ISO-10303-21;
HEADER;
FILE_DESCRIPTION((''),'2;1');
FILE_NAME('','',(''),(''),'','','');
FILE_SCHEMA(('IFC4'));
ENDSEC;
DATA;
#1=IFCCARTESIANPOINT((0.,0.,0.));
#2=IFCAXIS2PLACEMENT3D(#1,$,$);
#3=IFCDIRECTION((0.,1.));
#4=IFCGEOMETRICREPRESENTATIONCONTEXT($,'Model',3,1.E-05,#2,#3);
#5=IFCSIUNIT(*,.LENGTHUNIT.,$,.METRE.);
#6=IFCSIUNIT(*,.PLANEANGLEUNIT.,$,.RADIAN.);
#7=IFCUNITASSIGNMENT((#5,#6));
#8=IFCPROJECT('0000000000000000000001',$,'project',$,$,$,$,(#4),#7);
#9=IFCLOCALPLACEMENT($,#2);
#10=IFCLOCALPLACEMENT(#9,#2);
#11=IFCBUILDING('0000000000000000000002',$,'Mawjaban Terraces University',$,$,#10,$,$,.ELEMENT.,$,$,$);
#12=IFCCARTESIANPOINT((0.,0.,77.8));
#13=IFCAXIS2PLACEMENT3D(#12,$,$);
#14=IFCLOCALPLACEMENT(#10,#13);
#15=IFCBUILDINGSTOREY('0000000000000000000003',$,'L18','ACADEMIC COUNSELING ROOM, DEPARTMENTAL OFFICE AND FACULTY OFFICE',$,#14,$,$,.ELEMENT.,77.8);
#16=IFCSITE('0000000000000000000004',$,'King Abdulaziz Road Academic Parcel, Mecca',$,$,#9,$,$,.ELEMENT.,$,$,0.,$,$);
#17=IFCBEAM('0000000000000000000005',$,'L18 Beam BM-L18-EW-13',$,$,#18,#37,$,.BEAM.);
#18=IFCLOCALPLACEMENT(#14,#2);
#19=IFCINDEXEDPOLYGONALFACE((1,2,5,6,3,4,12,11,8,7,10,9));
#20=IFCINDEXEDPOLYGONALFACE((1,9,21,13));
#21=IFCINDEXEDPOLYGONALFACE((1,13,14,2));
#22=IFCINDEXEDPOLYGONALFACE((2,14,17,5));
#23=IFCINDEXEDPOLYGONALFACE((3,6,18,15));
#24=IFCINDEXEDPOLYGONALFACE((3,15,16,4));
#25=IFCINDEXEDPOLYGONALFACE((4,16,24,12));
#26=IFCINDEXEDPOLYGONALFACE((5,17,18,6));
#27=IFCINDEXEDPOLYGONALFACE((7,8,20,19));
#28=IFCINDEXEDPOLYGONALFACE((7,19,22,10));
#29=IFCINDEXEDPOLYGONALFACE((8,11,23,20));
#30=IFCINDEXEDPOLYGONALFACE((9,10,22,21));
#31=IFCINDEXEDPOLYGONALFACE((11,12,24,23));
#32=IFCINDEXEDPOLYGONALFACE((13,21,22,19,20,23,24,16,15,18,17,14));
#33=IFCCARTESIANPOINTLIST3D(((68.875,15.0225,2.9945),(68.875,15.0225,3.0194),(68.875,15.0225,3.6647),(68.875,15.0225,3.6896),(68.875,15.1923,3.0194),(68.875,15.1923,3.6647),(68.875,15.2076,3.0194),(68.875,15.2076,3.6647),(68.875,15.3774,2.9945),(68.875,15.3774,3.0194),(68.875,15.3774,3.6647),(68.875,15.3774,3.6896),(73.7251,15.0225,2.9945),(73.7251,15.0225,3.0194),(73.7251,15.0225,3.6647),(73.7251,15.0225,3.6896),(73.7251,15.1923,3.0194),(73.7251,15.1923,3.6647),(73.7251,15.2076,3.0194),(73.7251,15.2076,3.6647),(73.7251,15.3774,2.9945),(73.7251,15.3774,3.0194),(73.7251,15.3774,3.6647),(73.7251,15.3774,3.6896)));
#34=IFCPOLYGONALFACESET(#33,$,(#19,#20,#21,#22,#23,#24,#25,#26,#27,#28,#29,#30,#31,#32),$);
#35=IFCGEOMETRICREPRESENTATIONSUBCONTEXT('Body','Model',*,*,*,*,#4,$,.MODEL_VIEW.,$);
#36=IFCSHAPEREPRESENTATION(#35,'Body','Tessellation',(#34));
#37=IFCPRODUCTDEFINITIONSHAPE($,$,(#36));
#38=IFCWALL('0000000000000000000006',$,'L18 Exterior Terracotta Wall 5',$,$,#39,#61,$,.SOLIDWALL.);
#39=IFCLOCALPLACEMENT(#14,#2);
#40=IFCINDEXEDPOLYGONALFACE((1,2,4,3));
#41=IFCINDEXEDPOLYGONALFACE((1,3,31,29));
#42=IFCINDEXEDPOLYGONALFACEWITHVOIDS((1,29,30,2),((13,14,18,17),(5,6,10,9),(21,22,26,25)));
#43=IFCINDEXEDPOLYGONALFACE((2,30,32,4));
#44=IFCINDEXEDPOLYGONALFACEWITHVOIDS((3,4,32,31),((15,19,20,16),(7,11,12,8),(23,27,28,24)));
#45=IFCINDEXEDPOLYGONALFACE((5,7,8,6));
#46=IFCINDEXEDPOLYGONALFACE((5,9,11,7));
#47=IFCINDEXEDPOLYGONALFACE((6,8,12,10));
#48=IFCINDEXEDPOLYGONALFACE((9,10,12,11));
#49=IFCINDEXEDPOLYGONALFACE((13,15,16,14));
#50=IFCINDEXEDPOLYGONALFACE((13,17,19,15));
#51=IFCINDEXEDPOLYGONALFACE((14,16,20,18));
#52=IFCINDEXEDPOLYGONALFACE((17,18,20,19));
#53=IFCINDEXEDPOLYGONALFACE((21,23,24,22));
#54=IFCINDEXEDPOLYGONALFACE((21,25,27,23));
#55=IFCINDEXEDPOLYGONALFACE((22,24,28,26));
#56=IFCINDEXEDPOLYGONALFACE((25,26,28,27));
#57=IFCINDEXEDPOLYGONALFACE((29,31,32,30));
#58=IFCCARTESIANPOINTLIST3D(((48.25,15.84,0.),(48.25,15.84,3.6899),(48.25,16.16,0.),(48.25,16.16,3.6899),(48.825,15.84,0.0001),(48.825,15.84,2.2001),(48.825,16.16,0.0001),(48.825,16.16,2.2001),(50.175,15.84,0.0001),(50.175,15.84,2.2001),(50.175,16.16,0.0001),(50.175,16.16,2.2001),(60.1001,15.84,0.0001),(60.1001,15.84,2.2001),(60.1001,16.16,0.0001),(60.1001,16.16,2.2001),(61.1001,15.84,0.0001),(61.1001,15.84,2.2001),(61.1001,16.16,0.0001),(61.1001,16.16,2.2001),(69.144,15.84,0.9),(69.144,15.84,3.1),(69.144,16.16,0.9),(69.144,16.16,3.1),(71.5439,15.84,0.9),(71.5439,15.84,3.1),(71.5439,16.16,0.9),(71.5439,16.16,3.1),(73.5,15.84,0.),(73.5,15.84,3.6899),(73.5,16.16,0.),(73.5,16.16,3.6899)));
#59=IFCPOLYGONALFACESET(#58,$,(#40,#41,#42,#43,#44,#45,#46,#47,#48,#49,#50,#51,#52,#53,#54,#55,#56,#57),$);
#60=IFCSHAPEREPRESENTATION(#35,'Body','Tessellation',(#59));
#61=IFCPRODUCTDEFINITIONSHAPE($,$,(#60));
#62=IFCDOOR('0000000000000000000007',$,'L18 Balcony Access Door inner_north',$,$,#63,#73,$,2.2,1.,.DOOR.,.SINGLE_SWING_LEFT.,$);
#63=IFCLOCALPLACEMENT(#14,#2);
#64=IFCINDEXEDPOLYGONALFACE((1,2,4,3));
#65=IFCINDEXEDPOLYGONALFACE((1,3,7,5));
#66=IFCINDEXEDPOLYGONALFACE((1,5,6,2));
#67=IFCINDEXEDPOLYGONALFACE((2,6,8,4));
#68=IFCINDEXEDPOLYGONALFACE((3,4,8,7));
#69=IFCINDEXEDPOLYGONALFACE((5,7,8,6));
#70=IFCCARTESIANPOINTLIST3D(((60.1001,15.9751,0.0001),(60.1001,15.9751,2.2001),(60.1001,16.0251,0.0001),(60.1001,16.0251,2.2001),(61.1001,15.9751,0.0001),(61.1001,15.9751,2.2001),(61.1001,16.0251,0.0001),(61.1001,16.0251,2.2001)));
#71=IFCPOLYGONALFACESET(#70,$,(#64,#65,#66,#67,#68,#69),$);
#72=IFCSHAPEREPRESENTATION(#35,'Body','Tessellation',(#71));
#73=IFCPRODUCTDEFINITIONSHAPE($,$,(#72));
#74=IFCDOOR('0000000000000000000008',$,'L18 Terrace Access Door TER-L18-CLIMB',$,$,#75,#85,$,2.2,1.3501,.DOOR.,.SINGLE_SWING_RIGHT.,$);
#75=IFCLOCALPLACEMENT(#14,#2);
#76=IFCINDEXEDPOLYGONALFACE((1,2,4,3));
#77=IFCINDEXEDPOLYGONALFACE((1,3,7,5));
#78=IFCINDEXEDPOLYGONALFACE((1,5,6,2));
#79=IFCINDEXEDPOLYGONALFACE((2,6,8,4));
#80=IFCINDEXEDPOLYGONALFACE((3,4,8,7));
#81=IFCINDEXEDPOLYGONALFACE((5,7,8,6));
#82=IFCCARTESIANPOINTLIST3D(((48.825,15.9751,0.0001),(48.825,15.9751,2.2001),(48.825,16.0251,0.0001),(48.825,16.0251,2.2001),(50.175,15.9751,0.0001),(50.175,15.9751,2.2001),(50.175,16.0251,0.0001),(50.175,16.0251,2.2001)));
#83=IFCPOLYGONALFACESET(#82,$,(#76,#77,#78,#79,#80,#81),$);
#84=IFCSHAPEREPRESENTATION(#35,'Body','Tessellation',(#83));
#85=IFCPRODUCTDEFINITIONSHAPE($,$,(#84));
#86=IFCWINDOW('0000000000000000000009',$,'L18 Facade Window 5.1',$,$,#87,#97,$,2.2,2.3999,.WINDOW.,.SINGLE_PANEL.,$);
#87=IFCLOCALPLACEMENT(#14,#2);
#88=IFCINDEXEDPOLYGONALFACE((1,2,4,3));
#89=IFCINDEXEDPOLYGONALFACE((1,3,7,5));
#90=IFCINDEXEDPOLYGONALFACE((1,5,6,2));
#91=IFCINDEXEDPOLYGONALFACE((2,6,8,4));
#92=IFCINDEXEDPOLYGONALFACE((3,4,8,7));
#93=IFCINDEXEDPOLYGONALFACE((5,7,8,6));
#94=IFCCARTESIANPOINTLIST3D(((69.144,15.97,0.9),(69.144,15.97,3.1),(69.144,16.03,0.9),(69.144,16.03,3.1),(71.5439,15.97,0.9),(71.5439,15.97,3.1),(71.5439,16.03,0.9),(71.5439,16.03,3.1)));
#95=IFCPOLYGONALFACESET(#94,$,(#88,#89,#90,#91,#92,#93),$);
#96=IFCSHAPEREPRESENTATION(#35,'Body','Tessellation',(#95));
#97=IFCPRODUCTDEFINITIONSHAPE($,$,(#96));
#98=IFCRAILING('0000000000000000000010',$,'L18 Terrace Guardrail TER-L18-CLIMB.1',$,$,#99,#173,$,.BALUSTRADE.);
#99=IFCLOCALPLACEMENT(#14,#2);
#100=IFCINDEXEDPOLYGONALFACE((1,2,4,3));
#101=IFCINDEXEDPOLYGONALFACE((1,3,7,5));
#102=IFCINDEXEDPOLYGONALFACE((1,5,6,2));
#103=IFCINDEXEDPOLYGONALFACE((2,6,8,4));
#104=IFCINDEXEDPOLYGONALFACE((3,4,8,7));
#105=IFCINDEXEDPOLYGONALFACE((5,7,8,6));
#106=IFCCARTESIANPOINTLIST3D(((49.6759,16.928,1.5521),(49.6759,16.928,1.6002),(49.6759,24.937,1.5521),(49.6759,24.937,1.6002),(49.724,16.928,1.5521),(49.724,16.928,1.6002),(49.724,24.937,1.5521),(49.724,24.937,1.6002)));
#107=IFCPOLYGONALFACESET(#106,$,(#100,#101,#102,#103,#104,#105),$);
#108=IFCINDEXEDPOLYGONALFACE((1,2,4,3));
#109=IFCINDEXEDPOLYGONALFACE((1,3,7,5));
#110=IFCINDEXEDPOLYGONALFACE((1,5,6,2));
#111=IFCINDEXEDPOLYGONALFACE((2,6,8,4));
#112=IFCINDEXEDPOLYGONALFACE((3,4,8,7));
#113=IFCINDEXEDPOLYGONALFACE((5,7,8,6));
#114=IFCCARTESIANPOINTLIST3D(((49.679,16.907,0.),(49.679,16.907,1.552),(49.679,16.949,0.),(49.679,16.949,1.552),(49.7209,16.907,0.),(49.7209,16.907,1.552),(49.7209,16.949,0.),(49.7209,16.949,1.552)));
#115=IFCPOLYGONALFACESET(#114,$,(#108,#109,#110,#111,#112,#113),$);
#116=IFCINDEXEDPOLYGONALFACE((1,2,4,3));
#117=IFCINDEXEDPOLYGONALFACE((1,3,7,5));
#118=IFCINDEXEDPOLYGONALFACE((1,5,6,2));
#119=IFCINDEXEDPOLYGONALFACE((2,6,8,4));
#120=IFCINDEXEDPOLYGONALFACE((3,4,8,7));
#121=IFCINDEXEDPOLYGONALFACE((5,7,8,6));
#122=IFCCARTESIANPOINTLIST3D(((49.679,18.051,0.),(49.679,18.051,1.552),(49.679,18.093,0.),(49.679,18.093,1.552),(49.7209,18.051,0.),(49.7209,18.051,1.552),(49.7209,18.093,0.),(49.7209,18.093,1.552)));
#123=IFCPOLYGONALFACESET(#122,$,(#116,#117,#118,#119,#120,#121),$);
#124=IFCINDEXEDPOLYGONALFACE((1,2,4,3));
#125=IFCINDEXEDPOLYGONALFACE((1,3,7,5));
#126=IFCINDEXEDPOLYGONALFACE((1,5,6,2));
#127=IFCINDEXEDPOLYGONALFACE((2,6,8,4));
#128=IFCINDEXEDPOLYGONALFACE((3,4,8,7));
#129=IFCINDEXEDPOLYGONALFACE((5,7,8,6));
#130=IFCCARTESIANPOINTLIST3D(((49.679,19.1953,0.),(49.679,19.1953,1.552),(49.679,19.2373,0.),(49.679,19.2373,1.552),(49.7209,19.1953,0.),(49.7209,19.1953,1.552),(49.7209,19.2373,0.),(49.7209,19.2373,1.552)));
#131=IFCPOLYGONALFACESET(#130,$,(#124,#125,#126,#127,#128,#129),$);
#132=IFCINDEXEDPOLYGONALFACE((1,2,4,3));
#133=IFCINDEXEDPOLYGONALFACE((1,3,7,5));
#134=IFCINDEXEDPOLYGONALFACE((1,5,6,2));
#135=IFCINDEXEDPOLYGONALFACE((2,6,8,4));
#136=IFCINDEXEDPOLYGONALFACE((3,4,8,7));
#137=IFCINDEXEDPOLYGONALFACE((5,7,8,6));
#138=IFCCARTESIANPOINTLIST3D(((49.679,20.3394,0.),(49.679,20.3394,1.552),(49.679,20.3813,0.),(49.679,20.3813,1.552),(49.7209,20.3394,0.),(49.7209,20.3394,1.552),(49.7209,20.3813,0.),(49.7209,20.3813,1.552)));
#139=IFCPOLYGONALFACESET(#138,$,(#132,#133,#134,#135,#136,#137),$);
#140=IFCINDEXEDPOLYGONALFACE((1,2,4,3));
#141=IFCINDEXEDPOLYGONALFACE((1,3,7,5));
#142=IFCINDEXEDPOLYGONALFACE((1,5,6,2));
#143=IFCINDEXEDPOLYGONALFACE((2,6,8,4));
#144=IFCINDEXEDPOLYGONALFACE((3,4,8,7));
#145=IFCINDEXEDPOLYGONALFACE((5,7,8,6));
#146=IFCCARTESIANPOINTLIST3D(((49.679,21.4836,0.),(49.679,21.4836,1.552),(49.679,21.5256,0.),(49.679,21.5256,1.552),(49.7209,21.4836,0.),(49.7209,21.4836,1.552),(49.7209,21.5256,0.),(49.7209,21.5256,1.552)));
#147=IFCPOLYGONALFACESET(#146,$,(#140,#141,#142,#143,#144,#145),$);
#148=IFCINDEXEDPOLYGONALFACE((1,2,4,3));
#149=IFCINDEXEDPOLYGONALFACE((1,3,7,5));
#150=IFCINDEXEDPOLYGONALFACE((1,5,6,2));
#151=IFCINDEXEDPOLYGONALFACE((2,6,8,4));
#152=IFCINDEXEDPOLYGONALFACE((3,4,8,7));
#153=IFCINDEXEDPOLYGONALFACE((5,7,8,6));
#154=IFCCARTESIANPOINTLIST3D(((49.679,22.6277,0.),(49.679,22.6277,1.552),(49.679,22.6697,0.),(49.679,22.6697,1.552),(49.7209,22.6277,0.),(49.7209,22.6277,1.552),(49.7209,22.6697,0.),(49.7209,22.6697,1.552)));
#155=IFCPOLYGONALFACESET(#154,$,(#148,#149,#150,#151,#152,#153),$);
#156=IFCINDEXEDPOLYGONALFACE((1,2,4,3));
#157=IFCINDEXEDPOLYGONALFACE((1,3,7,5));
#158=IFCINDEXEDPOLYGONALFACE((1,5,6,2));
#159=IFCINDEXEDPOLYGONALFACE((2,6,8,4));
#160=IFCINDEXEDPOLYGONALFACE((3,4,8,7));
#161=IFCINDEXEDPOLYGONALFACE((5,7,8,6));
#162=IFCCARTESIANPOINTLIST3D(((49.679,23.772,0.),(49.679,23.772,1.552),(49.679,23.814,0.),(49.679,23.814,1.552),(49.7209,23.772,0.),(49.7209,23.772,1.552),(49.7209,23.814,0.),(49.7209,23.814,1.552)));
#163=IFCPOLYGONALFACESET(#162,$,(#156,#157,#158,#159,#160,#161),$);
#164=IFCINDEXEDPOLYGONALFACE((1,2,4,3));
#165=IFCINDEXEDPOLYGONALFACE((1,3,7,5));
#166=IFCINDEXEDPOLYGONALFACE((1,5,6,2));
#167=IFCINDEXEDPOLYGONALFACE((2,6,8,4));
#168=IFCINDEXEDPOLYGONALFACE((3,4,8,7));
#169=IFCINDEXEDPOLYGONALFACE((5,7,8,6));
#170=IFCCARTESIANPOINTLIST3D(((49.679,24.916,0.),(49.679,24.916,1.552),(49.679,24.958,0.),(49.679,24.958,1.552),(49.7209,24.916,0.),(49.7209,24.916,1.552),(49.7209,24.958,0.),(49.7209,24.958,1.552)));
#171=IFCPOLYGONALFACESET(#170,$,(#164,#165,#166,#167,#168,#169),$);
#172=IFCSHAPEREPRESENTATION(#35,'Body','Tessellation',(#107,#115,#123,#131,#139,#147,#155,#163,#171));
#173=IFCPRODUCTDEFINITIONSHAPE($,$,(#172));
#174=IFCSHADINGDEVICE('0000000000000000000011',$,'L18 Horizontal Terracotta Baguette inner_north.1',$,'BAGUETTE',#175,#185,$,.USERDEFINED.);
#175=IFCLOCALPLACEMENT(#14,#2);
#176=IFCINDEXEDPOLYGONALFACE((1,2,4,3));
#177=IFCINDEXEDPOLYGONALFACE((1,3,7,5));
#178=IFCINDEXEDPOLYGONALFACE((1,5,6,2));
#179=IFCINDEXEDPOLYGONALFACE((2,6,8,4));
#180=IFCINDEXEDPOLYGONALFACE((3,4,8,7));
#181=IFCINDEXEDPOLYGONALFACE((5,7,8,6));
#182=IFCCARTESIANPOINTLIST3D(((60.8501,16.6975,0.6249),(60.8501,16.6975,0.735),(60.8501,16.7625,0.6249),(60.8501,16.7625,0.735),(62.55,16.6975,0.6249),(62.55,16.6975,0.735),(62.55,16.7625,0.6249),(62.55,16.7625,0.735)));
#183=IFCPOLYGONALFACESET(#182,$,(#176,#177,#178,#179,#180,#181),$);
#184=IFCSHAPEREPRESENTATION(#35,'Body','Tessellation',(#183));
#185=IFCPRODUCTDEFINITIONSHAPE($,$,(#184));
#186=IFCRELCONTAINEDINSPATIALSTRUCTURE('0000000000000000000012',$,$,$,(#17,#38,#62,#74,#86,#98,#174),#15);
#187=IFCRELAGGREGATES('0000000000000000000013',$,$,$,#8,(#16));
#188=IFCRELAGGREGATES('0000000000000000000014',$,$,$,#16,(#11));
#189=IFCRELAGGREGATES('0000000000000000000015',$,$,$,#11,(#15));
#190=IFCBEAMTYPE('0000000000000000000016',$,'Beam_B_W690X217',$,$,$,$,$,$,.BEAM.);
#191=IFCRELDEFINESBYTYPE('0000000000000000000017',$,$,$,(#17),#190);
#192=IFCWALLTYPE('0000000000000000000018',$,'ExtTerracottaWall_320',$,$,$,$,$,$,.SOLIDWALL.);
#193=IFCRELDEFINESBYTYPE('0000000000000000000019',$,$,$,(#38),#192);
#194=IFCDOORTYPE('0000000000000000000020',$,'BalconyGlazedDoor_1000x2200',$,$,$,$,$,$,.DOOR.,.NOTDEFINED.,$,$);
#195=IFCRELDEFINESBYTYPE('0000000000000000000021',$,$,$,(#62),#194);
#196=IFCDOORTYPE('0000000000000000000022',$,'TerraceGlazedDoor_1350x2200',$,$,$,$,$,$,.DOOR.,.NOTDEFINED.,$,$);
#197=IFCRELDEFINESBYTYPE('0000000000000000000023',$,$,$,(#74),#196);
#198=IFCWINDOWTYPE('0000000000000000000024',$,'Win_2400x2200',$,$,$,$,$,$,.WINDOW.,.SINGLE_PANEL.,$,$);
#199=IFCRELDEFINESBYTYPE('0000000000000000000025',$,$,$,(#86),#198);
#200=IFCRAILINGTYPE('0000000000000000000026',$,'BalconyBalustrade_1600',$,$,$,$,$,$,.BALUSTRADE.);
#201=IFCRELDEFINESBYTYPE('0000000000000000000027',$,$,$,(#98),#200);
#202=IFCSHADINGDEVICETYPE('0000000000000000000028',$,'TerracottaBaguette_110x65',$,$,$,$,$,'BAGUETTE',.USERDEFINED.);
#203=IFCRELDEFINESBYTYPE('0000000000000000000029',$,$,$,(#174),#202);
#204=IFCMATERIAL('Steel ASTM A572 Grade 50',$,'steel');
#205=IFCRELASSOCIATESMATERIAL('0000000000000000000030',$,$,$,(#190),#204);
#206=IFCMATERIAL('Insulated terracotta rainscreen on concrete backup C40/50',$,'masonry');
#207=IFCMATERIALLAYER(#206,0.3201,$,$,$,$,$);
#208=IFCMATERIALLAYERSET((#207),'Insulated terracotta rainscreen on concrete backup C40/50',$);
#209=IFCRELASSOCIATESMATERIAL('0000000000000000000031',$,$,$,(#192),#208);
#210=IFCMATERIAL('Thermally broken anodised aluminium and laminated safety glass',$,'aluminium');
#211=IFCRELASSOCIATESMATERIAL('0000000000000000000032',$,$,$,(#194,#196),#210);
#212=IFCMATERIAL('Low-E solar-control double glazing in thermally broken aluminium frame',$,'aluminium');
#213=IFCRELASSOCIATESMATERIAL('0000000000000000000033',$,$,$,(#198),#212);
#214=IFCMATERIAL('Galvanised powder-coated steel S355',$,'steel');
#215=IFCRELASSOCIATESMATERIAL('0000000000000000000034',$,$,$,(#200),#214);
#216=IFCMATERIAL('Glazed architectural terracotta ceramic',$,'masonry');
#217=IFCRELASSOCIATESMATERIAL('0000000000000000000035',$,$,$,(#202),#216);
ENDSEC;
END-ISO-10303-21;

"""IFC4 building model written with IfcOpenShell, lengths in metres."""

from ifc_helpers import new_model, si_unit, direction, frame, frame_2d, origin, origin_2d, place, context, subcontext, project, spatial, rectangle, i_section, extrude, material, layer, layer_set, material_profile, profile_set, type_object, element, fill, save


model = new_model("IFC4")

# Units and contexts
model_context = context("Model", 3, precision=1e-05, world=origin(), true_north=direction((0.0, 1.0)))
body_context = subcontext(model_context, "Body", "Model", "MODEL_VIEW")
ifc_project = project(units=[si_unit("LENGTHUNIT", "METRE"), si_unit("PLANEANGLEUNIT", "RADIAN")], contexts=[model_context])

# Site, building, storey
site_placement = place(None, origin())
site = spatial("IfcSite", under=ifc_project, at=site_placement, Name="King Abdulaziz Road Academic Parcel, Mecca", CompositionType="ELEMENT", RefElevation=0.0)
building_placement = place(site_placement, origin())
building = spatial("IfcBuilding", under=site, at=building_placement, Name="Mawjaban Terraces University", CompositionType="ELEMENT")
storey_placement = place(building_placement, frame((0.0, 0.0, 77.8)))
storey = spatial("IfcBuildingStorey", under=building, at=storey_placement, Name="L18", Description="ACADEMIC COUNSELING ROOM, DEPARTMENTAL OFFICE AND FACULTY OFFICE", CompositionType="ELEMENT", Elevation=77.8)

# Beam
ifc_material_1 = material(Name="Steel ASTM A572 Grade 50", Category="steel")
ifc_material_profile_1 = material_profile(ifc_material_1, i_section(OverallWidth=0.355, OverallDepth=0.6951, WebThickness=0.0154, FlangeThickness=0.0249, at=origin_2d()), Name="W690X217")
ifc_profile_set_1 = profile_set([ifc_material_profile_1], Name="Steel ASTM A572 Grade 50")
beam_type_1 = type_object("IfcBeamType", Name="Beam_B_W690X217", PredefinedType="BEAM", material=ifc_profile_set_1)
beam_1_placement = place(storey_placement, frame((68.875, 15.2, 3.342), z_axis=(1.0, 0.0, 0.0), x_axis=(0.0, 1.0, 0.0)))
element("IfcBeam", 1, at=beam_1_placement, inside=storey, type_object=beam_type_1, Name="L18 Beam BM-L18-EW-13", PredefinedType="BEAM", context=body_context, shape_type="SweptSolid", body=[
    extrude(i_section(OverallWidth=0.355, OverallDepth=0.6951, WebThickness=0.0154, FlangeThickness=0.0249, at=origin_2d()), origin(), (0.0, 0.0, 1.0), 4.8501),
])

# Wall, openings, doors, window
ifc_material_2 = material(Name="Insulated terracotta rainscreen on concrete backup C40/50", Category="masonry")
ifc_layer_1 = layer(ifc_material_2, 0.3201)
ifc_layer_set_1 = layer_set([ifc_layer_1], Name="Insulated terracotta rainscreen on concrete backup C40/50")
wall_type = type_object("IfcWallType", Name="ExtTerracottaWall_320", PredefinedType="SOLIDWALL", material=ifc_layer_set_1)
wall_placement = place(storey_placement, frame((73.5, 16.0, 0.0), z_axis=(0.0, 0.0, 1.0), x_axis=(-1.0, 0.0, 0.0)))
wall = element("IfcWall", 2, at=wall_placement, inside=storey, type_object=wall_type, Name="L18 Exterior Terracotta Wall 5", PredefinedType="SOLIDWALL", context=body_context, shape_type="SweptSolid", body=[
    extrude(rectangle(XDim=25.25, YDim=0.3201, at=frame_2d((12.625, 0.0))), origin(), (0.0, 0.0, 1.0), 3.6899),
])
opening_1_placement = place(wall_placement, frame((12.3999, 0.0, 0.0)))
opening_1 = element("IfcOpeningElement", 3, at=opening_1_placement, cuts=wall, PredefinedType="OPENING", context=body_context, shape_type="SweptSolid", body=[
    extrude(rectangle(XDim=1.0, YDim=2.2, at=frame_2d((0.5, 1.1001))), frame((0.0, 0.1699, 0.0), z_axis=(0.0, -1.0, 0.0), x_axis=(1.0, 0.0, 0.0)), (0.0, 0.0, 1.0), 0.3401),
])
opening_2_placement = place(wall_placement, frame((23.325, 0.0, 0.0)))
opening_2 = element("IfcOpeningElement", 4, at=opening_2_placement, cuts=wall, PredefinedType="OPENING", context=body_context, shape_type="SweptSolid", body=[
    extrude(rectangle(XDim=1.3501, YDim=2.2, at=frame_2d((0.675, 1.1001))), frame((0.0, 0.1699, 0.0), z_axis=(0.0, -1.0, 0.0), x_axis=(1.0, 0.0, 0.0)), (0.0, 0.0, 1.0), 0.3401),
])
opening_3_placement = place(wall_placement, frame((1.9561, 0.0, 0.8999)))
opening_3 = element("IfcOpeningElement", 5, at=opening_3_placement, cuts=wall, PredefinedType="OPENING", context=body_context, shape_type="SweptSolid", body=[
    extrude(rectangle(XDim=2.3999, YDim=2.2, at=frame_2d((1.2, 1.1001))), frame((0.0, 0.1699, 0.0), z_axis=(0.0, -1.0, 0.0), x_axis=(1.0, 0.0, 0.0)), (0.0, 0.0, 1.0), 0.3401),
])
ifc_material_3 = material(Name="Thermally broken anodised aluminium and laminated safety glass", Category="aluminium")
door_type_1 = type_object("IfcDoorType", Name="BalconyGlazedDoor_1000x2200", OperationType="NOTDEFINED", PredefinedType="DOOR", material=ifc_material_3)
door_1_placement = place(opening_1_placement, origin())
door_1 = element("IfcDoor", 6, at=door_1_placement, inside=storey, type_object=door_type_1, Name="L18 Balcony Access Door inner_north", OperationType="SINGLE_SWING_LEFT", OverallHeight=2.2, OverallWidth=1.0, PredefinedType="DOOR", context=body_context, shape_type="SweptSolid", body=[
    extrude(rectangle(XDim=1.0, YDim=2.2, at=frame_2d((0.5, 1.1001))), frame((0.0, 0.0249, 0.0), z_axis=(0.0, -1.0, 0.0), x_axis=(1.0, 0.0, 0.0)), (0.0, 0.0, 1.0), 0.05),
])
fill(opening_1, door_1)
door_type_2 = type_object("IfcDoorType", Name="TerraceGlazedDoor_1350x2200", OperationType="NOTDEFINED", PredefinedType="DOOR", material=ifc_material_3)
door_2_placement = place(opening_2_placement, origin())
door_2 = element("IfcDoor", 7, at=door_2_placement, inside=storey, type_object=door_type_2, Name="L18 Terrace Access Door TER-L18-CLIMB", OperationType="SINGLE_SWING_RIGHT", OverallHeight=2.2, OverallWidth=1.3501, PredefinedType="DOOR", context=body_context, shape_type="SweptSolid", body=[
    extrude(rectangle(XDim=1.3501, YDim=2.2, at=frame_2d((0.675, 1.1001))), frame((0.0, 0.0249, 0.0), z_axis=(0.0, -1.0, 0.0), x_axis=(1.0, 0.0, 0.0)), (0.0, 0.0, 1.0), 0.05),
])
fill(opening_2, door_2)
ifc_material_4 = material(Name="Low-E solar-control double glazing in thermally broken aluminium frame", Category="aluminium")
window_type = type_object("IfcWindowType", Name="Win_2400x2200", PartitioningType="SINGLE_PANEL", PredefinedType="WINDOW", material=ifc_material_4)
window_placement = place(opening_3_placement, origin())
window = element("IfcWindow", 8, at=window_placement, inside=storey, type_object=window_type, Name="L18 Facade Window 5.1", OverallHeight=2.2, OverallWidth=2.3999, PartitioningType="SINGLE_PANEL", PredefinedType="WINDOW", context=body_context, shape_type="SweptSolid", body=[
    extrude(rectangle(XDim=2.3999, YDim=2.2, at=frame_2d((1.2, 1.1001))), frame((0.0, 0.03, 0.0), z_axis=(0.0, -1.0, 0.0), x_axis=(1.0, 0.0, 0.0)), (0.0, 0.0, 1.0), 0.0601),
])
fill(opening_3, window)

# Railing
ifc_material_5 = material(Name="Galvanised powder-coated steel S355", Category="steel")
railing_type = type_object("IfcRailingType", Name="BalconyBalustrade_1600", PredefinedType="BALUSTRADE", material=ifc_material_5)
railing_1_placement = place(storey_placement, frame((49.7, 16.928, 0.0)))
element("IfcRailing", 9, at=railing_1_placement, inside=storey, type_object=railing_type, Name="L18 Terrace Guardrail TER-L18-CLIMB.1", PredefinedType="BALUSTRADE", context=body_context, shape_type="SweptSolid", body=[
    extrude(rectangle(XDim=0.0481, YDim=0.0481, at=origin_2d()), frame((0.0, 0.0, 1.5762), z_axis=(0.0, 1.0, 0.0), x_axis=(-1.0, 0.0, 0.0)), (0.0, 0.0, 1.0), 8.009),
    extrude(rectangle(XDim=0.042, YDim=0.042, at=origin_2d()), origin(), (0.0, 0.0, 1.0), 1.552),
    extrude(rectangle(XDim=0.042, YDim=0.042, at=origin_2d()), frame((0.0, 1.144, 0.0)), (0.0, 0.0, 1.0), 1.552),
    extrude(rectangle(XDim=0.042, YDim=0.042, at=origin_2d()), frame((0.0, 2.2883, 0.0)), (0.0, 0.0, 1.0), 1.552),
    extrude(rectangle(XDim=0.042, YDim=0.042, at=origin_2d()), frame((0.0, 3.4324, 0.0)), (0.0, 0.0, 1.0), 1.552),
    extrude(rectangle(XDim=0.042, YDim=0.042, at=origin_2d()), frame((0.0, 4.5767, 0.0)), (0.0, 0.0, 1.0), 1.552),
    extrude(rectangle(XDim=0.042, YDim=0.042, at=origin_2d()), frame((0.0, 5.7207, 0.0)), (0.0, 0.0, 1.0), 1.552),
    extrude(rectangle(XDim=0.042, YDim=0.042, at=origin_2d()), frame((0.0, 6.865, 0.0)), (0.0, 0.0, 1.0), 1.552),
    extrude(rectangle(XDim=0.042, YDim=0.042, at=origin_2d()), frame((0.0, 8.009, 0.0)), (0.0, 0.0, 1.0), 1.552),
])

# Shading device
ifc_material_6 = material(Name="Glazed architectural terracotta ceramic", Category="masonry")
ifc_material_profile_2 = material_profile(ifc_material_6, rectangle(XDim=0.0649, YDim=0.1101, at=origin_2d()), Name="TBAG110X65")
ifc_profile_set_2 = profile_set([ifc_material_profile_2], Name="Glazed architectural terracotta ceramic")
shading_device_type_1 = type_object("IfcShadingDeviceType", Name="TerracottaBaguette_110x65", ElementType="BAGUETTE", PredefinedType="USERDEFINED", material=ifc_profile_set_2)
for number, where, z_axis, x_axis, name in (
    (10, (60.8501, 16.73, 0.6799), (1.0, 0.0, 0.0), (0.0, 1.0, 0.0), "L18 Horizontal Terracotta Baguette inner_north.1"),
):
    element("IfcShadingDevice", number, at=place(storey_placement, frame(where, z_axis=z_axis, x_axis=x_axis)), inside=storey, type_object=shading_device_type_1, Name=name, ObjectType="BAGUETTE", PredefinedType="USERDEFINED", context=body_context, shape_type="SweptSolid", body=[
        extrude(rectangle(XDim=0.0649, YDim=0.1101, at=origin_2d()), origin(), (0.0, 0.0, 1.0), 1.7),
    ])

save(model, "model.ifc")
